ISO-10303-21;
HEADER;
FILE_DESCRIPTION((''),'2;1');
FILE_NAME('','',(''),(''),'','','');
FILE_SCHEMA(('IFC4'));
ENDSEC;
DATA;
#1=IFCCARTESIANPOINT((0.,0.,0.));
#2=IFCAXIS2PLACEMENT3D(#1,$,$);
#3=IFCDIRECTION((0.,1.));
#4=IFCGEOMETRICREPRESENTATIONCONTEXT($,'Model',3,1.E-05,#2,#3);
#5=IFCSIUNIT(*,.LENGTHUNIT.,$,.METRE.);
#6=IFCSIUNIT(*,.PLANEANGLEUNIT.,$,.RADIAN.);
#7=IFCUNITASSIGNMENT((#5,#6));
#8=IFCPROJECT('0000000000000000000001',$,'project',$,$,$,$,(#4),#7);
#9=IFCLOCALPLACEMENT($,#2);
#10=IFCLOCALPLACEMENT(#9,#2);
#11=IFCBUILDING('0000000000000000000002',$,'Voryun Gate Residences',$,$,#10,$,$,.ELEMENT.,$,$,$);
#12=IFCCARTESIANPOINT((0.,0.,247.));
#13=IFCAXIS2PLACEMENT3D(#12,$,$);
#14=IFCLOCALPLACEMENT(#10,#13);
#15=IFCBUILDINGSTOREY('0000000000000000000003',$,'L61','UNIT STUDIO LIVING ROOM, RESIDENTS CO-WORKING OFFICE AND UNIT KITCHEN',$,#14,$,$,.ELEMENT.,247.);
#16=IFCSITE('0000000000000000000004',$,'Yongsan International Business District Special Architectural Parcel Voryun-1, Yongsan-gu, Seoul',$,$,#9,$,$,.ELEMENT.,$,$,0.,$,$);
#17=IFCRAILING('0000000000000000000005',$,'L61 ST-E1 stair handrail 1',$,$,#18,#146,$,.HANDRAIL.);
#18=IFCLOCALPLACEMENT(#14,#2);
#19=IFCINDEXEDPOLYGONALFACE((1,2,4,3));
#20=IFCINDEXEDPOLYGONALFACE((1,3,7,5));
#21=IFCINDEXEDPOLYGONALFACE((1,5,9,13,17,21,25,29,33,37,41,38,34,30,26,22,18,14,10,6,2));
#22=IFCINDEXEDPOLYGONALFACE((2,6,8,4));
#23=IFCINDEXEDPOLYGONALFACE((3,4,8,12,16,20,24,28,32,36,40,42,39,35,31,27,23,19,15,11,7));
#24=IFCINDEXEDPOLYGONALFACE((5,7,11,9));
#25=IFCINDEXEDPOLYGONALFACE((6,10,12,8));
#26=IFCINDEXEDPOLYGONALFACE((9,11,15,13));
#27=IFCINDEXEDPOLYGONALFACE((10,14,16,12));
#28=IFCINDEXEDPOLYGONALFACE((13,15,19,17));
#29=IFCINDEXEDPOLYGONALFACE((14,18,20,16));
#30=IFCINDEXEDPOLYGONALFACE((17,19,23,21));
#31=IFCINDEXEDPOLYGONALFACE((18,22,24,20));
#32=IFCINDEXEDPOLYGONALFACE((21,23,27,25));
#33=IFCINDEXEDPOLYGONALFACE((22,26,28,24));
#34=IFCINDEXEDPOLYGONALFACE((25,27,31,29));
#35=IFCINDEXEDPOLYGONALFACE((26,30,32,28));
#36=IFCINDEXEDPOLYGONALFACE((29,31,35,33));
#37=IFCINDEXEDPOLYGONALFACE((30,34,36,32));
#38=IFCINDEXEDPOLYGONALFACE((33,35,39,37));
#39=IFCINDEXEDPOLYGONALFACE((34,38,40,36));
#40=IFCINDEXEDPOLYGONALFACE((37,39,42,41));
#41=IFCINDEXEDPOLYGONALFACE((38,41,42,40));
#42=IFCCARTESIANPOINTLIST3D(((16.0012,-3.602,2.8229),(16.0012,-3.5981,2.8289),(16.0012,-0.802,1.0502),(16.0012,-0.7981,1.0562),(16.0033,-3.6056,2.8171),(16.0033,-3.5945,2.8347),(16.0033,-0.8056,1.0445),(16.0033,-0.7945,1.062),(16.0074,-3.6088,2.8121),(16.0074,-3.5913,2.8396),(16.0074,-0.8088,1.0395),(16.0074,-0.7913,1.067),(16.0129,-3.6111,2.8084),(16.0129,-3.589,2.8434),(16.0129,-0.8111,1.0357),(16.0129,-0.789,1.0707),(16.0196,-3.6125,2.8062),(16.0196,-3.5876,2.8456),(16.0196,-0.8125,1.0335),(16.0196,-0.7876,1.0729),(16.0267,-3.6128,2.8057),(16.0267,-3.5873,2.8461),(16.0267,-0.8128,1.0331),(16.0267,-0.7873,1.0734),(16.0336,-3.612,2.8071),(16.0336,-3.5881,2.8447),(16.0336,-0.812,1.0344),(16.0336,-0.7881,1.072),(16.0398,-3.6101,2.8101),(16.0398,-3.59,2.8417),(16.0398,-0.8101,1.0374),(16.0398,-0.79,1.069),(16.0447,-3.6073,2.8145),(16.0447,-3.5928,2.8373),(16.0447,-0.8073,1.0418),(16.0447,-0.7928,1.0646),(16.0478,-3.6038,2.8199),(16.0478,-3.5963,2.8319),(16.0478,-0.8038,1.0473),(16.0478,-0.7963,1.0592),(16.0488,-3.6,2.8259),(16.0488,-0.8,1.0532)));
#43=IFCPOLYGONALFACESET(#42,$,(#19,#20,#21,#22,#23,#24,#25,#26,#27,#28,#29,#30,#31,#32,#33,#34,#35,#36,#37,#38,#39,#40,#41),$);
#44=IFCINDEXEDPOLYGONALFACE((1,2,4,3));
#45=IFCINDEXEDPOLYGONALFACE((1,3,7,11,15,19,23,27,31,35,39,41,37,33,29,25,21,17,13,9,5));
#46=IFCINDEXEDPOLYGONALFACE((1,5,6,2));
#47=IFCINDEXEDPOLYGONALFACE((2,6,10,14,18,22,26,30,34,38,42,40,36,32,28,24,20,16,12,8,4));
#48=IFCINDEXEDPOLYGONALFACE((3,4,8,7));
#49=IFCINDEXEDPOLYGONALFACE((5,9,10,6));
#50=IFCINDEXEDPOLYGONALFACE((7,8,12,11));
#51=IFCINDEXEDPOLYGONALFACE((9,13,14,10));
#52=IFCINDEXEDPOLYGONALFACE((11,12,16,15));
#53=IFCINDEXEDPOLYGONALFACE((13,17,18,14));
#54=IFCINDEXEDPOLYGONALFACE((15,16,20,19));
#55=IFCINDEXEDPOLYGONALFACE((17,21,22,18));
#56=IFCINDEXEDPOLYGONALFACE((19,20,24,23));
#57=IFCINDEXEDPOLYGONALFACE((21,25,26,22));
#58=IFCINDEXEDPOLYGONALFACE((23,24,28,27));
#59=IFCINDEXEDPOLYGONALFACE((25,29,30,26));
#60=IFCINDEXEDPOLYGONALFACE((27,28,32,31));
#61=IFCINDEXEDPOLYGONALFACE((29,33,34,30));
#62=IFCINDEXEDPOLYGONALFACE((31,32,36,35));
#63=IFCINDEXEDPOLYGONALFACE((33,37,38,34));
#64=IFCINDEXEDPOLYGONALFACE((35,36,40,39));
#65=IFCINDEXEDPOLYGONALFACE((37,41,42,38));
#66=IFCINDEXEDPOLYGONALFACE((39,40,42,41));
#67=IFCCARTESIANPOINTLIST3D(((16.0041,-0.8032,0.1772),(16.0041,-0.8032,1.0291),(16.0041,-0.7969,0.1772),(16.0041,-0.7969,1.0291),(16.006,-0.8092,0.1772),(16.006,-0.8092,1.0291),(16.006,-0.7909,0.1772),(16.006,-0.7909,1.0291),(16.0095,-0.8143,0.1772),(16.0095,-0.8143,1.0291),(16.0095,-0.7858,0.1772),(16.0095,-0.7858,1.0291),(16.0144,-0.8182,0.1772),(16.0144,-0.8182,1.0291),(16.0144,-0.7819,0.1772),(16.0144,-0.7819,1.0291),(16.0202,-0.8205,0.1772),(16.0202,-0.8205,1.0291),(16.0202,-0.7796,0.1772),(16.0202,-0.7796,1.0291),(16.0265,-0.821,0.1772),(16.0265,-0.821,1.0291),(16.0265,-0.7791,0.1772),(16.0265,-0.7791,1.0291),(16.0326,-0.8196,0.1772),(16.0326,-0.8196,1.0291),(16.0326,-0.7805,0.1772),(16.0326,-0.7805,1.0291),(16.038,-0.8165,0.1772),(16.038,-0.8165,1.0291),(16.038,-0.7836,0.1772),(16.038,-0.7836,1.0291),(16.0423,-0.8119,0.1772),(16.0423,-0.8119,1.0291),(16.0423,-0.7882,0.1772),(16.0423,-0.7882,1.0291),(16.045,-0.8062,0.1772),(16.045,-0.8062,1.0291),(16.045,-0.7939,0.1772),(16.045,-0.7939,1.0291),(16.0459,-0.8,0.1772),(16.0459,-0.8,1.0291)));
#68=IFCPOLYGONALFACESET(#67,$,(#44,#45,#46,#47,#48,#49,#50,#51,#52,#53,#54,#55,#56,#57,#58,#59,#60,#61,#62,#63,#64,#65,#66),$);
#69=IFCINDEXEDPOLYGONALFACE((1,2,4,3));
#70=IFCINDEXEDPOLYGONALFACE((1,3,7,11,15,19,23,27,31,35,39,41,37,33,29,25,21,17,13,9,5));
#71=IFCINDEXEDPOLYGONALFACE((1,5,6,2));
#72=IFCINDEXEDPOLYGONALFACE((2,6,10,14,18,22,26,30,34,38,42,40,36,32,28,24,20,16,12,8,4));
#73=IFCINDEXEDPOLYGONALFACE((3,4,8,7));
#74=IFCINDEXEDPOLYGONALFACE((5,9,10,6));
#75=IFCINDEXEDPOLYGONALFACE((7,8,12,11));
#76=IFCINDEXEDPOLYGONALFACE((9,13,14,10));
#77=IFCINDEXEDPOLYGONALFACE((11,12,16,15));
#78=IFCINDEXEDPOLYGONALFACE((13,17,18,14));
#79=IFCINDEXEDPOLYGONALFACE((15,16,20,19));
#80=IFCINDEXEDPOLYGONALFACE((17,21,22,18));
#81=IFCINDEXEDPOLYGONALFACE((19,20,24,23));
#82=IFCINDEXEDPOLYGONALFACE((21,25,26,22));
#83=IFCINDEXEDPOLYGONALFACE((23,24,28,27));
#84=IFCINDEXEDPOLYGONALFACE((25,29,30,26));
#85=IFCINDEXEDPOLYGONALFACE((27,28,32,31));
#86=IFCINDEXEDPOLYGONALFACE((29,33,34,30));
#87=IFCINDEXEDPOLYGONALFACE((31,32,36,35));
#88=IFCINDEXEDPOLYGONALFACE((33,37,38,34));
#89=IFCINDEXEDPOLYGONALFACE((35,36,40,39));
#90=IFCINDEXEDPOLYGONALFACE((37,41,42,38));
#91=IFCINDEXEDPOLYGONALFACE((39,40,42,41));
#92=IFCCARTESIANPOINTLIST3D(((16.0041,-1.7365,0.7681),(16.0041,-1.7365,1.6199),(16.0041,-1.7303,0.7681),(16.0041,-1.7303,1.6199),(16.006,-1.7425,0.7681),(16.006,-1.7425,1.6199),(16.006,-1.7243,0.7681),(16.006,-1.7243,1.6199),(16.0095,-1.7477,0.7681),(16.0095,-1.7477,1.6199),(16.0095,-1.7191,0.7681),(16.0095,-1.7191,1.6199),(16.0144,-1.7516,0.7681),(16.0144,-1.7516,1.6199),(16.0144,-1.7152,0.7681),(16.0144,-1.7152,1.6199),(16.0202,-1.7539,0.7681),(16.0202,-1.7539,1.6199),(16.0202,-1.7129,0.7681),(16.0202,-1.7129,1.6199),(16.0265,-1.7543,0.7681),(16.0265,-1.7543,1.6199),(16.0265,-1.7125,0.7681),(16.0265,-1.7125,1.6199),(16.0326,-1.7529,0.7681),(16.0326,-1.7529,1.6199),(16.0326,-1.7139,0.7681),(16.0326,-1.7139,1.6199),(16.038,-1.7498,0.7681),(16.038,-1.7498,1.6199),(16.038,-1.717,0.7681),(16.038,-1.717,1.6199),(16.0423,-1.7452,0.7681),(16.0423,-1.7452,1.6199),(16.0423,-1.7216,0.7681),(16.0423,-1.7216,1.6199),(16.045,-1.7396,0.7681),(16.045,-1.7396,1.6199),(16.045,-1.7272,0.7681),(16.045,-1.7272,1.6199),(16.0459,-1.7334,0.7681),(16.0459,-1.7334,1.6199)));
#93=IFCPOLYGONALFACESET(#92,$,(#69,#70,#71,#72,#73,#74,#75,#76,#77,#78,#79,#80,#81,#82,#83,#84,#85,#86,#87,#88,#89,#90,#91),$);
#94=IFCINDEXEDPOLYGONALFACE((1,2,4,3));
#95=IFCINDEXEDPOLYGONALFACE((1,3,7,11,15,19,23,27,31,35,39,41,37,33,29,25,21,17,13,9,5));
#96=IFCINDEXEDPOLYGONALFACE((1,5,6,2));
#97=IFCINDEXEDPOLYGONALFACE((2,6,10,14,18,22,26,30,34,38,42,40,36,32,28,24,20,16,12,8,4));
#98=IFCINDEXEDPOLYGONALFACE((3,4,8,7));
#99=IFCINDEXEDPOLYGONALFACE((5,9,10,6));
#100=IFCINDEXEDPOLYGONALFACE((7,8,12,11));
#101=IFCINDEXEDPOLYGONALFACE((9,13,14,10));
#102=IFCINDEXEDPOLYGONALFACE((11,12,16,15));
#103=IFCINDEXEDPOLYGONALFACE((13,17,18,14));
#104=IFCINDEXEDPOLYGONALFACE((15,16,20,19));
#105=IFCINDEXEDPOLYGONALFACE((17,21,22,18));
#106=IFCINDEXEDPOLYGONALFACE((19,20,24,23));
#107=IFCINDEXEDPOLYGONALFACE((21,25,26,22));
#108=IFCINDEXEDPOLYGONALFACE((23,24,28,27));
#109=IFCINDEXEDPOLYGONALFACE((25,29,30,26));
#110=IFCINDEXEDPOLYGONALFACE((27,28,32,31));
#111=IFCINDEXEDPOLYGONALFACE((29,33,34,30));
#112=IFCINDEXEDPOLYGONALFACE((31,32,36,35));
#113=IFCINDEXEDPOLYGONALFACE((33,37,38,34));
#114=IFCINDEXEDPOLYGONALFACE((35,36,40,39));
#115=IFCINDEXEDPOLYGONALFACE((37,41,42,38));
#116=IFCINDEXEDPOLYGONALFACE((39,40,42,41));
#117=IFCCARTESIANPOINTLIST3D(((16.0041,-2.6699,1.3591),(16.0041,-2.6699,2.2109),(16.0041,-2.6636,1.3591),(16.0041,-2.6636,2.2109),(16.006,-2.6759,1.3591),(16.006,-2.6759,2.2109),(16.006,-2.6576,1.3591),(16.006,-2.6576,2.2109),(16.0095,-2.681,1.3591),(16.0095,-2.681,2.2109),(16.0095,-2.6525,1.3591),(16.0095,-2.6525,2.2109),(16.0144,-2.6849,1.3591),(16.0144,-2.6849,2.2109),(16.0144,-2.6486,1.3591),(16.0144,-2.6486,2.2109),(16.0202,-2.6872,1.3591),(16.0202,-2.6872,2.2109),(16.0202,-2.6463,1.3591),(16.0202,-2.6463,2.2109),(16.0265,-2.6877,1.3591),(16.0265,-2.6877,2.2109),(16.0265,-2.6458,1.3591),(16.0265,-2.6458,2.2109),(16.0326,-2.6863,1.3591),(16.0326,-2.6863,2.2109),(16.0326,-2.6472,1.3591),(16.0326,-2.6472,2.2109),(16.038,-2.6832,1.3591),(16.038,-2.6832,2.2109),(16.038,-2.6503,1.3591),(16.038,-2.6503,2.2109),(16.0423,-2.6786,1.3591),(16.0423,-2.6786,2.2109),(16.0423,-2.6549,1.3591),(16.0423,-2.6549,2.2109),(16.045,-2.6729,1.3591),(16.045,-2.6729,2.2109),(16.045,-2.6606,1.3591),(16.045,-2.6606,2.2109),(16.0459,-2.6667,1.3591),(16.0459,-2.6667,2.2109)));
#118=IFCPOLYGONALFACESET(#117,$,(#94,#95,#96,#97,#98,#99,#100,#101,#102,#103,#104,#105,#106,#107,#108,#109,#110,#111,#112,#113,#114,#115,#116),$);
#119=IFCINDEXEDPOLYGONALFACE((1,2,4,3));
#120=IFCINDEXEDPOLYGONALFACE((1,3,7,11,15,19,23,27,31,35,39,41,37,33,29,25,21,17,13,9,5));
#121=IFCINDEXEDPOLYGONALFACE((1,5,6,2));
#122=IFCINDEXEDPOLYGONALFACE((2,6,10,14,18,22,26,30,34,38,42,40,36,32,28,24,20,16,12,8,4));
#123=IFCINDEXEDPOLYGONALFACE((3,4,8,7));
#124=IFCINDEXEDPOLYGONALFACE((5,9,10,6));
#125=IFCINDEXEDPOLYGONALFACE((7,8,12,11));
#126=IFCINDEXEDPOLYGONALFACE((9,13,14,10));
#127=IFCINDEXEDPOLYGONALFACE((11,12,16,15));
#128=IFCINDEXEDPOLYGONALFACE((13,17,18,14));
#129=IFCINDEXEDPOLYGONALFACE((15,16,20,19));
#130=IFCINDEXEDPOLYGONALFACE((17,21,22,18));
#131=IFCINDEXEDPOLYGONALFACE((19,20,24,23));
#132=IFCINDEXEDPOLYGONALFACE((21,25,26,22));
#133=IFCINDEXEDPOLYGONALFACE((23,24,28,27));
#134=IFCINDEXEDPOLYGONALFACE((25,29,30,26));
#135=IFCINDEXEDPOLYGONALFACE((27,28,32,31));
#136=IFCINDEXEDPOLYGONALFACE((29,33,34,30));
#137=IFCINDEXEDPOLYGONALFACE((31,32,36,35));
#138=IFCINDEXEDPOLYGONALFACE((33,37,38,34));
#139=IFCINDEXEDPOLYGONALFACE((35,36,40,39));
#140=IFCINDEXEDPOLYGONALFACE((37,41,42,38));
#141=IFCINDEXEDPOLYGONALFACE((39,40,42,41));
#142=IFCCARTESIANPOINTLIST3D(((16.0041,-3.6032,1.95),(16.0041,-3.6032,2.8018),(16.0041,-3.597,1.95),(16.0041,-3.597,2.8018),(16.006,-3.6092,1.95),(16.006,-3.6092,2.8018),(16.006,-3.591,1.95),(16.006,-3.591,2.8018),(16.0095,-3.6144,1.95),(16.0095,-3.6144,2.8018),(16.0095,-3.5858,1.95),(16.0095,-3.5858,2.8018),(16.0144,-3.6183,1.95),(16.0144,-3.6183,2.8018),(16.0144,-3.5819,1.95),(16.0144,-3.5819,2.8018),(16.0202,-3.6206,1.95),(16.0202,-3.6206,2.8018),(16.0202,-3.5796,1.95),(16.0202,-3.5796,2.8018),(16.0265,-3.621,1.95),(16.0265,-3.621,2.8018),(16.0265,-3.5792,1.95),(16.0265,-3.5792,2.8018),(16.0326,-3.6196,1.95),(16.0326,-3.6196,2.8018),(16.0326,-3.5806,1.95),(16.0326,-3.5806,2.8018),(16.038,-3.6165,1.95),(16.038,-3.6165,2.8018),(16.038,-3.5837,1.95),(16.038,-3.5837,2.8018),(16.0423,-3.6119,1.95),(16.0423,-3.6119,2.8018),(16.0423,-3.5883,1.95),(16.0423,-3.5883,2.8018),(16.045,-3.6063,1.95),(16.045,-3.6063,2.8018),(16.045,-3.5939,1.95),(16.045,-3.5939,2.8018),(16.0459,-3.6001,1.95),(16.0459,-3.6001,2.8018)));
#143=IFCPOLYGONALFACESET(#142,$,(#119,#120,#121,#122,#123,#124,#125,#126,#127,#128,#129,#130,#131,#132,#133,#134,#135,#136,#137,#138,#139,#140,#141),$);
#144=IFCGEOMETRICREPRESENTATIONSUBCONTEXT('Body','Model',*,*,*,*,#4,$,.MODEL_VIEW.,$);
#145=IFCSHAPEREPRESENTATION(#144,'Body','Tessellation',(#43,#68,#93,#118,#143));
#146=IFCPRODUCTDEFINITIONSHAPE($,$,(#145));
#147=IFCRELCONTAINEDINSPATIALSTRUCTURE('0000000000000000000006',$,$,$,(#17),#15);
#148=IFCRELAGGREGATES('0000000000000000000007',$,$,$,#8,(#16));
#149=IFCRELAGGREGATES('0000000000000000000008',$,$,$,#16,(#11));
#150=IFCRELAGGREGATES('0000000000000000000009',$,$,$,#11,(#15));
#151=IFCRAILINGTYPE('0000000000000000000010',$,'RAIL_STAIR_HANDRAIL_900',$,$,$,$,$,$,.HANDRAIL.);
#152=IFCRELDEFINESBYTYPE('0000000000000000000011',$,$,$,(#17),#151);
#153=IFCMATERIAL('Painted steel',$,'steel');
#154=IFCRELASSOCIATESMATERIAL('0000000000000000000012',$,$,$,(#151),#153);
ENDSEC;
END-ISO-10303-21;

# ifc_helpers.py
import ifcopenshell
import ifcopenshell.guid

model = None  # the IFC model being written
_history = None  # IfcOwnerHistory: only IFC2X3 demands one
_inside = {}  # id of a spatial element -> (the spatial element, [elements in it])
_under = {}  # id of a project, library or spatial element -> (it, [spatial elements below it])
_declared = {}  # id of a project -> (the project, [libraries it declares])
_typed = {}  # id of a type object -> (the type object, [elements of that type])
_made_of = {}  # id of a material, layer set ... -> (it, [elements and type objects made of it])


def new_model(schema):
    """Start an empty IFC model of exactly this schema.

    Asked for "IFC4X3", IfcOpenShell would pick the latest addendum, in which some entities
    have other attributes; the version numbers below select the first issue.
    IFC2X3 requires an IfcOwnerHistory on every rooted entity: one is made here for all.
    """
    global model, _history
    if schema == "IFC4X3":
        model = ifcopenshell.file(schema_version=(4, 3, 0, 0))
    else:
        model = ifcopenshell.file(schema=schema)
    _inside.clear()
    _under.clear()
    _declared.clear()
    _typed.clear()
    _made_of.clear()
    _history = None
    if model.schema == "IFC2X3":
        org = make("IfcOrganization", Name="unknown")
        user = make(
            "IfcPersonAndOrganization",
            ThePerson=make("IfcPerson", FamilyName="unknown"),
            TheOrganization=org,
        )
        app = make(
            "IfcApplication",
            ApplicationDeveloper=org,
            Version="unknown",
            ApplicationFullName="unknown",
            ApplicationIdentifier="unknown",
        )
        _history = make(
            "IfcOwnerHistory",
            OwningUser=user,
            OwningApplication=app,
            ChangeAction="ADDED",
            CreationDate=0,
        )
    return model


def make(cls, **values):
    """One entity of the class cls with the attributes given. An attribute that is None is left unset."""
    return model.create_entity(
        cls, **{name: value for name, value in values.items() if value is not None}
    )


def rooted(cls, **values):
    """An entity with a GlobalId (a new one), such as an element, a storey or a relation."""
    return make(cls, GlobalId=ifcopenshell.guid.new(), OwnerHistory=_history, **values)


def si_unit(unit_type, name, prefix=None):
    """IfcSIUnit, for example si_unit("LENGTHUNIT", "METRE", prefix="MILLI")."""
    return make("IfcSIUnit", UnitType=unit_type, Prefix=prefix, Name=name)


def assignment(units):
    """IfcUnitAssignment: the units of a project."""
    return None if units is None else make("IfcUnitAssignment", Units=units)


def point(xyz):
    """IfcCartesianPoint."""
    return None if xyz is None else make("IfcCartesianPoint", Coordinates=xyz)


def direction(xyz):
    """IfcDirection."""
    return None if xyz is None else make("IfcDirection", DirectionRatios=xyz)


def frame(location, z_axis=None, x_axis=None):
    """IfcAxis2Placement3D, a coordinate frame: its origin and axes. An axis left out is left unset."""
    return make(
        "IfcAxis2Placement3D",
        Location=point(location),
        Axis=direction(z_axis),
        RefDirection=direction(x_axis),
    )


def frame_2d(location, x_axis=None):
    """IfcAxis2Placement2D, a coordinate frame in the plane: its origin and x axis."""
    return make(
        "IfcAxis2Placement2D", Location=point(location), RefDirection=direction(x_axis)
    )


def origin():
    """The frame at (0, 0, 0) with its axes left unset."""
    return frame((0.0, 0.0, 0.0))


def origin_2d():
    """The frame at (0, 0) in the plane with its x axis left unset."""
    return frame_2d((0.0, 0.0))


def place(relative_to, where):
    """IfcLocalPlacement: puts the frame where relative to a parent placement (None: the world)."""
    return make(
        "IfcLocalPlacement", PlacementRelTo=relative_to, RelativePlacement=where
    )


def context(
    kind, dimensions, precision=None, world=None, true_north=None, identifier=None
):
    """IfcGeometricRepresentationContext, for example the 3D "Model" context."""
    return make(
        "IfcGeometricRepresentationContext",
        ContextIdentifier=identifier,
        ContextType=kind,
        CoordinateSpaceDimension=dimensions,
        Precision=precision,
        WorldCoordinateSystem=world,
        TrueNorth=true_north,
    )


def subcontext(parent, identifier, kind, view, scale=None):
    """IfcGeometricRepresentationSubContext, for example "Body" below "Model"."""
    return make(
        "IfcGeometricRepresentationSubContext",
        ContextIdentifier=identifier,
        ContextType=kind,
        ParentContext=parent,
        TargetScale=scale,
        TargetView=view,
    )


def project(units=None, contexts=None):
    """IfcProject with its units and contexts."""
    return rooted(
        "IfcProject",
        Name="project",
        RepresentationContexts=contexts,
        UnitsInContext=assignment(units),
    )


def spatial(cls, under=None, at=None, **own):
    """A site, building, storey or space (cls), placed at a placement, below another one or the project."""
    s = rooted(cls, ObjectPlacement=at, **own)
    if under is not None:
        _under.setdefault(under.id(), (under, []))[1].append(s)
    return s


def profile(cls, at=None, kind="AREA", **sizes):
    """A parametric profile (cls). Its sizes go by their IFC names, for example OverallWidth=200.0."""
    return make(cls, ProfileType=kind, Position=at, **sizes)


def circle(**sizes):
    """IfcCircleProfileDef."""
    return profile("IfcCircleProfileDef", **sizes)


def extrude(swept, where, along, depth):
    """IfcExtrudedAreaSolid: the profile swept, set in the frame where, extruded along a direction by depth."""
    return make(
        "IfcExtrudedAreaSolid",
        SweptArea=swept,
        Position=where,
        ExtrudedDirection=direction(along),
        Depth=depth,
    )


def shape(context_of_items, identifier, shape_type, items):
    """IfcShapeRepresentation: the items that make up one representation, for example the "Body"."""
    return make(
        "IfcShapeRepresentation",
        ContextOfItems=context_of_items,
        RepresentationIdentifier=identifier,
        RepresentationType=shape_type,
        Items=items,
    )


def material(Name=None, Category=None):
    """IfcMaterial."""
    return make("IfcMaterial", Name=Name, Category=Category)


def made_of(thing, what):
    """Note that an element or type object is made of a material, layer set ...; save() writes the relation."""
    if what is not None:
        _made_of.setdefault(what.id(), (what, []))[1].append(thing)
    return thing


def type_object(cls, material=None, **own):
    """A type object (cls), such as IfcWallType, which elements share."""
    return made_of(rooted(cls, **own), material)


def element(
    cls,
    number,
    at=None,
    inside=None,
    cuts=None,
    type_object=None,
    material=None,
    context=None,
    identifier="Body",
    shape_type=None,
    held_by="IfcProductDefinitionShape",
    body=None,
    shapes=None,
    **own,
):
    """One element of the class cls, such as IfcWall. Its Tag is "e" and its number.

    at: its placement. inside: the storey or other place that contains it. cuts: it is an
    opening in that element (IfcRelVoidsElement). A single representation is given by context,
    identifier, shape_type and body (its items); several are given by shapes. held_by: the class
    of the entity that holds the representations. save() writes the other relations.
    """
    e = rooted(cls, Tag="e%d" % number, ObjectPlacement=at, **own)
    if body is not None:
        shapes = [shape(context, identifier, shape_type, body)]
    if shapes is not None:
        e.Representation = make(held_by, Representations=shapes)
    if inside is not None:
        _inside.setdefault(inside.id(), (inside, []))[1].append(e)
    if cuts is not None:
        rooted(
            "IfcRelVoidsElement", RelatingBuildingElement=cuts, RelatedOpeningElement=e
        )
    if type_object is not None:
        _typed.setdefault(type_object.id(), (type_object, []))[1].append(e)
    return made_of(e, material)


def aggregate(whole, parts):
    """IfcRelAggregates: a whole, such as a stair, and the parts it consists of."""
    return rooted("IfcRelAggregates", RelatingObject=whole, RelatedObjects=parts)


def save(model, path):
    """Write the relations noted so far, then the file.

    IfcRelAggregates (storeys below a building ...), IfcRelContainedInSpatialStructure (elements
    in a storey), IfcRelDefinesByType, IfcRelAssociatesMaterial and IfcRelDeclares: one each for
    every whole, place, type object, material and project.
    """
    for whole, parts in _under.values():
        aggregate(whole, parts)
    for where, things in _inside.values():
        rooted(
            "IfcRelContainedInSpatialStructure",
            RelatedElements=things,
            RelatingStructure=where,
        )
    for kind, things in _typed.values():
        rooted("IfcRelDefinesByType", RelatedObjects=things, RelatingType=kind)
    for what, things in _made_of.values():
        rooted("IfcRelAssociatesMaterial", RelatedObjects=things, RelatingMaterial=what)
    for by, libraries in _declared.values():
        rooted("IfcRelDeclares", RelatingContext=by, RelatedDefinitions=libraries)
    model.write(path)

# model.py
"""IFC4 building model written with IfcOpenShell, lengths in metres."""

from ifc_helpers import new_model, si_unit, direction, frame, origin, origin_2d, place, context, subcontext, project, spatial, circle, extrude, material, type_object, element, save


model = new_model("IFC4")

# Units and contexts
model_context = context("Model", 3, precision=1e-05, world=origin(), true_north=direction((0.0, 1.0)))
body_context = subcontext(model_context, "Body", "Model", "MODEL_VIEW")
ifc_project = project(units=[si_unit("LENGTHUNIT", "METRE"), si_unit("PLANEANGLEUNIT", "RADIAN")], contexts=[model_context])

# Site, building, storey
site_placement = place(None, origin())
site = spatial("IfcSite", under=ifc_project, at=site_placement, Name="Yongsan International Business District Special Architectural Parcel Voryun-1, Yongsan-gu, Seoul", CompositionType="ELEMENT", RefElevation=0.0)
building_placement = place(site_placement, origin())
building = spatial("IfcBuilding", under=site, at=building_placement, Name="Voryun Gate Residences", CompositionType="ELEMENT")
storey_placement = place(building_placement, frame((0.0, 0.0, 247.0)))
storey = spatial("IfcBuildingStorey", under=building, at=storey_placement, Name="L61", Description="UNIT STUDIO LIVING ROOM, RESIDENTS CO-WORKING OFFICE AND UNIT KITCHEN", CompositionType="ELEMENT", Elevation=247.0)

# Railing
ifc_material_1 = material(Name="Painted steel", Category="steel")
railing_type_1 = type_object("IfcRailingType", Name="RAIL_STAIR_HANDRAIL_900", PredefinedType="HANDRAIL", material=ifc_material_1)
railing_1_placement = place(storey_placement, frame((16.0249, -0.8, 0.1772)))
element("IfcRailing", 1, at=railing_1_placement, inside=storey, type_object=railing_type_1, Name="L61 ST-E1 stair handrail 1", PredefinedType="HANDRAIL", context=body_context, shape_type="SweptSolid", body=[
    extrude(circle(Radius=0.0239, at=origin_2d()), frame((0.0, 0.0, 0.876), z_axis=(0.0, -0.844909, 0.53491), x_axis=(1.0, 0.0, 0.0)), (0.0, 0.0, 1.0), 3.314),
    extrude(circle(Radius=0.021, at=origin_2d()), origin(), (0.0, 0.0, 1.0), 0.8518),
    extrude(circle(Radius=0.021, at=origin_2d()), frame((0.0, -0.9333, 0.5908)), (0.0, 0.0, 1.0), 0.8518),
    extrude(circle(Radius=0.021, at=origin_2d()), frame((0.0, -1.8667, 1.1819)), (0.0, 0.0, 1.0), 0.8518),
    extrude(circle(Radius=0.021, at=origin_2d()), frame((0.0, -2.8, 1.7727)), (0.0, 0.0, 1.0), 0.8518),
])

save(model, "model.ifc")
